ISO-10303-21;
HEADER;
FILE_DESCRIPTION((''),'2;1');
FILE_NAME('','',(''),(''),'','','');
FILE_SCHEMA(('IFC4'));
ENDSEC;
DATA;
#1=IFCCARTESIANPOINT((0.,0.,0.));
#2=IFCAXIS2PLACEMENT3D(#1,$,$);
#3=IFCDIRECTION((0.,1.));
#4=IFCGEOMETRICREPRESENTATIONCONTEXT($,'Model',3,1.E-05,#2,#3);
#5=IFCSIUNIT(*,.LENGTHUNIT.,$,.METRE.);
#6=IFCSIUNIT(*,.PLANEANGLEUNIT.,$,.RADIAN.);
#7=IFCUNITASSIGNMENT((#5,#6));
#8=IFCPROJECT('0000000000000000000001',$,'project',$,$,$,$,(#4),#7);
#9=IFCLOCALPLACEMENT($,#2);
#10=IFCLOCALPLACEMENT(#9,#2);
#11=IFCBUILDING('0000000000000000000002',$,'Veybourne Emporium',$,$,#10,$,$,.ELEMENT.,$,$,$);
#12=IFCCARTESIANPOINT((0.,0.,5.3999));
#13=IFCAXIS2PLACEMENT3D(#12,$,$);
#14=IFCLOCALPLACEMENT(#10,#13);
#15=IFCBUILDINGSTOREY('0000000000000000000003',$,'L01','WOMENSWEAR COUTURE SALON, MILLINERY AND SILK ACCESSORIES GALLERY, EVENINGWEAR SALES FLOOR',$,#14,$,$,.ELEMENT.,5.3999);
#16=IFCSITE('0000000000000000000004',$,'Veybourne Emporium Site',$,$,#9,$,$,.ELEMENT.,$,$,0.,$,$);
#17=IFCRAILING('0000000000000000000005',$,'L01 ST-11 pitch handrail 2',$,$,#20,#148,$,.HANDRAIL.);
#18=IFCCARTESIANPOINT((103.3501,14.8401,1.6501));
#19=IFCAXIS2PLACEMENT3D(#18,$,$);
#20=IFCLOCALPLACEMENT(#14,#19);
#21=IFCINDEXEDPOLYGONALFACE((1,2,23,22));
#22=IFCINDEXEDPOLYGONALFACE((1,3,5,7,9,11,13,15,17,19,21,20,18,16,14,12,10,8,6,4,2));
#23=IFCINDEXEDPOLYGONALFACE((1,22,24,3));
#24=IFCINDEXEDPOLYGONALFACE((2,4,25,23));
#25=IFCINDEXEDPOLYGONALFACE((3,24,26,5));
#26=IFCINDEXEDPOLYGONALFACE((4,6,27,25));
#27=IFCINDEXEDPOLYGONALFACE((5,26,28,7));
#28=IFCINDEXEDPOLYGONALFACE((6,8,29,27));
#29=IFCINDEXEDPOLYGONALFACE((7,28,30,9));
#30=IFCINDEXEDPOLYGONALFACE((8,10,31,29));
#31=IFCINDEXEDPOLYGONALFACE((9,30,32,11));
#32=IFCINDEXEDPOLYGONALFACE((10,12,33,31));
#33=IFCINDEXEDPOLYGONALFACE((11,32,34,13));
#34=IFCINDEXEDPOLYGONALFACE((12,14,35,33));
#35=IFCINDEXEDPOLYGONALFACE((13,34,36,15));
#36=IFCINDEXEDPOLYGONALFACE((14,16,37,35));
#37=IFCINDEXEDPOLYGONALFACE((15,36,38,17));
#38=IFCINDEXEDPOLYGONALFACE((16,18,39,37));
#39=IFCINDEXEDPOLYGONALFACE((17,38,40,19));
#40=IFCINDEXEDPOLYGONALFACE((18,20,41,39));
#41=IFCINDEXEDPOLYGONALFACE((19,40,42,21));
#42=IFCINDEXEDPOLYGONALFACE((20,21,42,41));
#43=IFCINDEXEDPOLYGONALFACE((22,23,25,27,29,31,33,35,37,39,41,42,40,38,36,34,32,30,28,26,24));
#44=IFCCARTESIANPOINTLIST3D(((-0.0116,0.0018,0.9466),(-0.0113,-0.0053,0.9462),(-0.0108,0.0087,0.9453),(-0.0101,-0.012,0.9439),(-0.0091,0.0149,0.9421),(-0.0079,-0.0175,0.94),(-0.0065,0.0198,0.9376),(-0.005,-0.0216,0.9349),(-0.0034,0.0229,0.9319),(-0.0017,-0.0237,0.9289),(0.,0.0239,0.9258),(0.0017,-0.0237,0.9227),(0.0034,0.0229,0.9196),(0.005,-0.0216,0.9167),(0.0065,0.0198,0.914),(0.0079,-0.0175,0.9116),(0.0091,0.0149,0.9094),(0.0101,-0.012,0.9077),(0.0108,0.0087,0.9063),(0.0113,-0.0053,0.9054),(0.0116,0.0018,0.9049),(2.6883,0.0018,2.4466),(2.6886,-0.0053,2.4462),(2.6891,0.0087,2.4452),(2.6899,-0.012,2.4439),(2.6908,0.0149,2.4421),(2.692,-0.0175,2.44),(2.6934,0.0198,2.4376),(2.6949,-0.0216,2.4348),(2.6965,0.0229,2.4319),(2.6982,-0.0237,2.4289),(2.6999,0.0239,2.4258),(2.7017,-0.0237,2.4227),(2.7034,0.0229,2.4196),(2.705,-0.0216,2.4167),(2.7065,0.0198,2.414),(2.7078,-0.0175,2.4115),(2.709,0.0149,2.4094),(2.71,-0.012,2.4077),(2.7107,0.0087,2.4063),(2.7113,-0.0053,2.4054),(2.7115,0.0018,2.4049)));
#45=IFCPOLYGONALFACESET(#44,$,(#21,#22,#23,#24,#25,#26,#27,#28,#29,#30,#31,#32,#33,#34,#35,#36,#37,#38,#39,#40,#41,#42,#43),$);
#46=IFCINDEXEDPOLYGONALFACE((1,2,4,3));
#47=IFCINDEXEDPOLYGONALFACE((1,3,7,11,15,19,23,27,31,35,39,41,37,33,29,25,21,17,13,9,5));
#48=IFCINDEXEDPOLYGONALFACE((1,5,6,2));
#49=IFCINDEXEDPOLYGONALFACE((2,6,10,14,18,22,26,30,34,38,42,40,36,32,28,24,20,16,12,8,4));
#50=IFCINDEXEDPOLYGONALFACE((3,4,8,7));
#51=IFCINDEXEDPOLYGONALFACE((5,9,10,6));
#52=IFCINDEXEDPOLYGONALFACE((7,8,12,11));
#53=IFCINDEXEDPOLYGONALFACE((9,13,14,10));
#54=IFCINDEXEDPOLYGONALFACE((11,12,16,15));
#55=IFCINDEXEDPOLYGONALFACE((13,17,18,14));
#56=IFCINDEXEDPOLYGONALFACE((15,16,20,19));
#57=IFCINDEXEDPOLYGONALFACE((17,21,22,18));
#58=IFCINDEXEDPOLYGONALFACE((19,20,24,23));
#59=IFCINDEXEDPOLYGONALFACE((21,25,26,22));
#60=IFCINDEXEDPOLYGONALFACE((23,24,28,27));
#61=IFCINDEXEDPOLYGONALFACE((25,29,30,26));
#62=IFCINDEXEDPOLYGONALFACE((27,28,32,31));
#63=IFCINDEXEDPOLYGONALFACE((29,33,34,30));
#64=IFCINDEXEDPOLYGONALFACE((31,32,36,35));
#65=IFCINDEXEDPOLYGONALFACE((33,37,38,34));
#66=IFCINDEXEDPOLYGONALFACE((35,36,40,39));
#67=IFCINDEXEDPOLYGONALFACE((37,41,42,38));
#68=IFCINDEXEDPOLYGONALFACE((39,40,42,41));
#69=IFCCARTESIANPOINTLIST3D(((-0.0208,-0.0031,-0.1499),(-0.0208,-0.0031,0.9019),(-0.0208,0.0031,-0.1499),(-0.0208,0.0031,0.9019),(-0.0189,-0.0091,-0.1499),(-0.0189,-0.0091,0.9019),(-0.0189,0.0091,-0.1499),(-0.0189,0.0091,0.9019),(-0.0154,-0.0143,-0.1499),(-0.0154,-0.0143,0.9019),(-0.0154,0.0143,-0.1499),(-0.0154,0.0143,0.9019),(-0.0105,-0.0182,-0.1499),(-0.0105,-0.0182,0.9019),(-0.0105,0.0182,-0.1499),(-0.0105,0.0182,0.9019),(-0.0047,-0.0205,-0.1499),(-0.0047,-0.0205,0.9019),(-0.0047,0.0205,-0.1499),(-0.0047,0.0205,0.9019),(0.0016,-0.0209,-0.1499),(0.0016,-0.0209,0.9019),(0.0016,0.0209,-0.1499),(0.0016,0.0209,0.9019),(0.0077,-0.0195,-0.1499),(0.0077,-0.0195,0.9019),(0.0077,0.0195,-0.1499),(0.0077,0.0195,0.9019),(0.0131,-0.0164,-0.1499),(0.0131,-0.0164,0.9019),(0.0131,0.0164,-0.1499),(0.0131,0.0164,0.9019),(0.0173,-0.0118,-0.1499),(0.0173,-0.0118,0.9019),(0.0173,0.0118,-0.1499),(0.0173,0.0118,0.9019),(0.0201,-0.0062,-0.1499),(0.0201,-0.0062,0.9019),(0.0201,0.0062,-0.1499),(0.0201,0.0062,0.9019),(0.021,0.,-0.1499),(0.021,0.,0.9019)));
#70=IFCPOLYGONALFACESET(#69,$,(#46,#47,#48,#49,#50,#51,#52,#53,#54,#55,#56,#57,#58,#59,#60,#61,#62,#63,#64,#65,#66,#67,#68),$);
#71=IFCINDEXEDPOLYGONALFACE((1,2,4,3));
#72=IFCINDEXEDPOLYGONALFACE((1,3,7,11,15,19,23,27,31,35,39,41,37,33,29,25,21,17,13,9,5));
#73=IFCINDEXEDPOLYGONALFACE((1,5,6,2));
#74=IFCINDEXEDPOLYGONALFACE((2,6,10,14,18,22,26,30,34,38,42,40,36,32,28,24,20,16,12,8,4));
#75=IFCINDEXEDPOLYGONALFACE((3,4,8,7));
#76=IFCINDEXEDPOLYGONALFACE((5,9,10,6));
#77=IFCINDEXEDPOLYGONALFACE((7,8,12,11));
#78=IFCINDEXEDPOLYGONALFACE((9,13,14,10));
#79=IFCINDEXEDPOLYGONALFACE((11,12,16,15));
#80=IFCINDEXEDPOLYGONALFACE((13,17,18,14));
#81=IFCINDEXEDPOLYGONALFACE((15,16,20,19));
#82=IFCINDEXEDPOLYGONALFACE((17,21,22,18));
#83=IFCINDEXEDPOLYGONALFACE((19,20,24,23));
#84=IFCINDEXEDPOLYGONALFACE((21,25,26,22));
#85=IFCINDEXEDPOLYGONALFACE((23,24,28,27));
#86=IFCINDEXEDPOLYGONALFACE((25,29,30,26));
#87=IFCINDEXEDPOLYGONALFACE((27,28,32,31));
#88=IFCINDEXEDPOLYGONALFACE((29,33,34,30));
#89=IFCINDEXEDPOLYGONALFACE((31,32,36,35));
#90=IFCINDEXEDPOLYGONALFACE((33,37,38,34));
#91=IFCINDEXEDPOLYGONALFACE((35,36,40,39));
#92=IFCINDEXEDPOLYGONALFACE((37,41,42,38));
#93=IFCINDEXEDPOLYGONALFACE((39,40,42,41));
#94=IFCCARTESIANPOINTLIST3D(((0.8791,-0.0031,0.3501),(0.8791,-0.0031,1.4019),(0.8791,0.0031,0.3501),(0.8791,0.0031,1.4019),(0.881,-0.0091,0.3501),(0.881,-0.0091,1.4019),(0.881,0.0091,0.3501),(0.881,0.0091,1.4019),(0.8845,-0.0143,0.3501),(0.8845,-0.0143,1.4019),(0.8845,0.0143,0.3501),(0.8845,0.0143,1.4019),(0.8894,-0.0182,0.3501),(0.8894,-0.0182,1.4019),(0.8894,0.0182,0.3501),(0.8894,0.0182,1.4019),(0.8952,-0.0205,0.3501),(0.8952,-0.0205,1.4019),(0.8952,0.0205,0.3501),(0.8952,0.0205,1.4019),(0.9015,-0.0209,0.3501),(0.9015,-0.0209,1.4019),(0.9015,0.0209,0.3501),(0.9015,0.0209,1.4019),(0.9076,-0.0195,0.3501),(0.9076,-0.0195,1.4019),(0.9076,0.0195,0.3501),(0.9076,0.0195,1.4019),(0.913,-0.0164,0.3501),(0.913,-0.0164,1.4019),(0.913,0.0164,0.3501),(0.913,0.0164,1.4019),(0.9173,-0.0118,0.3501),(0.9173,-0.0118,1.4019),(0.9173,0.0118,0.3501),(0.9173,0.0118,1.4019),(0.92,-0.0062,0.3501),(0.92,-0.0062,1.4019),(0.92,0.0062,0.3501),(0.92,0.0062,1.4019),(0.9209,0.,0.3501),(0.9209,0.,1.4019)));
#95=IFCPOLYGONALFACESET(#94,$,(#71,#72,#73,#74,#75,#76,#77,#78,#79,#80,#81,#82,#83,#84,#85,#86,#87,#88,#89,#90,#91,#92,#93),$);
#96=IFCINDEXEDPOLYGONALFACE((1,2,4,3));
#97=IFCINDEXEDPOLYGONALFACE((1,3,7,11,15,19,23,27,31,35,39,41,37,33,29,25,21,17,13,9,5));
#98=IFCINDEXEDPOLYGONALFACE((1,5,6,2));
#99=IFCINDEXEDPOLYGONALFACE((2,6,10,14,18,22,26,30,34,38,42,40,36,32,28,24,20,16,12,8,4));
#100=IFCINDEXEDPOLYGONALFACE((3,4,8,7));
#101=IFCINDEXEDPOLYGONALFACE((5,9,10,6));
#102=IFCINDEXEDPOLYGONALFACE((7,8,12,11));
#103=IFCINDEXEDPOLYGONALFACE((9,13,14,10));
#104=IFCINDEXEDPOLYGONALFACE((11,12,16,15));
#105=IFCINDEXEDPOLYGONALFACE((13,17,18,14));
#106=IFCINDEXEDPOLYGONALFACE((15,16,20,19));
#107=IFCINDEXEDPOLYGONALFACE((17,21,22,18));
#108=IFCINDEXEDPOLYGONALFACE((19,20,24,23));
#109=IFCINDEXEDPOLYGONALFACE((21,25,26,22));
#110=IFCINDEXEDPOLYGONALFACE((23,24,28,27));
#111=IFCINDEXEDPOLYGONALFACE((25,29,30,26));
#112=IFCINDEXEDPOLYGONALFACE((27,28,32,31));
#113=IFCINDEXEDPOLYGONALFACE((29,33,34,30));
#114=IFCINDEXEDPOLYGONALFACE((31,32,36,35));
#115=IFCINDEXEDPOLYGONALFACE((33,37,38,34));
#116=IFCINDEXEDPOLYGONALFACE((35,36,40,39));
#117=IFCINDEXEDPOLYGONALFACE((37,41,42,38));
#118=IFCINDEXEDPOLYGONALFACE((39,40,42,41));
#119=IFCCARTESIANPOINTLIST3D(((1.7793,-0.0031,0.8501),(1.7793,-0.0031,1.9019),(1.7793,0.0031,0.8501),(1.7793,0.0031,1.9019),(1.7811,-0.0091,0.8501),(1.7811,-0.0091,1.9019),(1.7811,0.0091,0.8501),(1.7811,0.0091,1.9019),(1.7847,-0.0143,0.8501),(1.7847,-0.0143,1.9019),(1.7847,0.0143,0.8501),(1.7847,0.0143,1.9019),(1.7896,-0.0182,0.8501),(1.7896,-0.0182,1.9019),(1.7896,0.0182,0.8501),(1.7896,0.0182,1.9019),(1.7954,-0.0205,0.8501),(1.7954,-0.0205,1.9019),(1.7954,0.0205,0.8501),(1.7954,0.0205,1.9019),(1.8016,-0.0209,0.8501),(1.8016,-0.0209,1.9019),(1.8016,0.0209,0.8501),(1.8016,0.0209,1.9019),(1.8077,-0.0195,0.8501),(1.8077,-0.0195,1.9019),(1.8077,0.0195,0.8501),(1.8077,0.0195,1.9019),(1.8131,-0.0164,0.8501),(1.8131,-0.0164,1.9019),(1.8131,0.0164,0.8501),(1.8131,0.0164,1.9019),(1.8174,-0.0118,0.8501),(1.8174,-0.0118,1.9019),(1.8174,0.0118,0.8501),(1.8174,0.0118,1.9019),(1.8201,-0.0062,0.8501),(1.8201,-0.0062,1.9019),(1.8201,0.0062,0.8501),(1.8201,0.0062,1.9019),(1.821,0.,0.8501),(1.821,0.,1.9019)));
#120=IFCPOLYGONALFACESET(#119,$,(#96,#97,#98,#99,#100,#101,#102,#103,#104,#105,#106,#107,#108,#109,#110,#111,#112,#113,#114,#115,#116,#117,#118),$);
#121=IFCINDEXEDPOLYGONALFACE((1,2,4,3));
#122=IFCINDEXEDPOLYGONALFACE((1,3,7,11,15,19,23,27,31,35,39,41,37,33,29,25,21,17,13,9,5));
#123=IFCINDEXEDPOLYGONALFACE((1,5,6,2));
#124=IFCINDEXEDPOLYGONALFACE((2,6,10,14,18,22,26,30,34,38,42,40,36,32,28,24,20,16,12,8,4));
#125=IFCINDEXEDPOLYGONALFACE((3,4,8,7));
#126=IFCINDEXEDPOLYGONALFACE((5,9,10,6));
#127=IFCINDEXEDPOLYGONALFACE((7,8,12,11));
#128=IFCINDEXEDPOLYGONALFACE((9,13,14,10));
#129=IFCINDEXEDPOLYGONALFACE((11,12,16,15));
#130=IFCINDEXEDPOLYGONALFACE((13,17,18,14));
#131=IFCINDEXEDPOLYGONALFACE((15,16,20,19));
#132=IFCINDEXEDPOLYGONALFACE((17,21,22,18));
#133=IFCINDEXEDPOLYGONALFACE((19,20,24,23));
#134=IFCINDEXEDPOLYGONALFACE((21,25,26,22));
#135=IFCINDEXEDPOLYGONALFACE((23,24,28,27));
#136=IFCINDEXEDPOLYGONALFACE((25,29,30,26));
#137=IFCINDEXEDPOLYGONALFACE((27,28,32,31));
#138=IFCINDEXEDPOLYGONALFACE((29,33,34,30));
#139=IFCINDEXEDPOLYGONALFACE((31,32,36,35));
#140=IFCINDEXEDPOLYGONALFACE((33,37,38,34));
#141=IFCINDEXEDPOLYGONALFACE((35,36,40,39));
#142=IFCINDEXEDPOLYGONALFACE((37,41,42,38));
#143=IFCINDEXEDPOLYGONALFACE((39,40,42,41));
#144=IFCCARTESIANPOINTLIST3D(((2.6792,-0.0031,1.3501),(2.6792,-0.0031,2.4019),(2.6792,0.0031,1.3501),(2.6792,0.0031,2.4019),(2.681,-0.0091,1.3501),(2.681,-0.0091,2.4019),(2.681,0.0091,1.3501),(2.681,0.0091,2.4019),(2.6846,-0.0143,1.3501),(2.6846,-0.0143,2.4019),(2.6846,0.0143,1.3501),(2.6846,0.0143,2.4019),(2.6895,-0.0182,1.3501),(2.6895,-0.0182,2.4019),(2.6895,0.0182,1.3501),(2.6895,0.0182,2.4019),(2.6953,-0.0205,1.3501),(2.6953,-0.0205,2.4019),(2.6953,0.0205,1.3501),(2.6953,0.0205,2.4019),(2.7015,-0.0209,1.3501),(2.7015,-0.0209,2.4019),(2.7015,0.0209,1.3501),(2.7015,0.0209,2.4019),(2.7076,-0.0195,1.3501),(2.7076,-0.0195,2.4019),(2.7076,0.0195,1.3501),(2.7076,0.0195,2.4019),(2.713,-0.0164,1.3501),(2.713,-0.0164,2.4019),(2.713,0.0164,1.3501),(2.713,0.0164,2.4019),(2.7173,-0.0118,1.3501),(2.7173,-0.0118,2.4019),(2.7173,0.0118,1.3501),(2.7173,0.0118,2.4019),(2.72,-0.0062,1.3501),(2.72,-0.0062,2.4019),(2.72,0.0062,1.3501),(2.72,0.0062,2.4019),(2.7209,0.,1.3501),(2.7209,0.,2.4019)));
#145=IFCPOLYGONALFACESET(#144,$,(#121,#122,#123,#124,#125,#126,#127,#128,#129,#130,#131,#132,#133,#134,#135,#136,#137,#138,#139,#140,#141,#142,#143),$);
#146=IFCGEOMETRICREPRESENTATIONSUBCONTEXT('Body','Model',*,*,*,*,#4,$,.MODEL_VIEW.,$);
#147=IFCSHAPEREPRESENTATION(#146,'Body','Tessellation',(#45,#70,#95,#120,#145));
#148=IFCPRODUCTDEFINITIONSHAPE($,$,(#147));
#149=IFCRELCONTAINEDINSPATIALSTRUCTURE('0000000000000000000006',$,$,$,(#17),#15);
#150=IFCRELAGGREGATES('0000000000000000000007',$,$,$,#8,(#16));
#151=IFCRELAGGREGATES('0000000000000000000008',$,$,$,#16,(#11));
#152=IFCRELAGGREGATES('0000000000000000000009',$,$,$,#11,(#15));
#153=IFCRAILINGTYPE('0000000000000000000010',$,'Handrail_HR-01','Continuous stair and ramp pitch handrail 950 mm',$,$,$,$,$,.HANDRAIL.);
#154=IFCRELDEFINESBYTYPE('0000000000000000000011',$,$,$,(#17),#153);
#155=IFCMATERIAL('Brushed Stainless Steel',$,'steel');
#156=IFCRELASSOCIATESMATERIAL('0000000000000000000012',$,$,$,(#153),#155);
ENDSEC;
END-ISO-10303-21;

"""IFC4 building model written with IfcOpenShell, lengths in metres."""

from ifc_helpers import new_model, si_unit, direction, frame, origin, origin_2d, place, context, subcontext, project, spatial, circle, extrude, material, type_object, element, save


model = new_model("IFC4")

# Units and contexts
model_context = context("Model", 3, precision=1e-05, world=origin(), true_north=direction((0.0, 1.0)))
body_context = subcontext(model_context, "Body", "Model", "MODEL_VIEW")
ifc_project = project(units=[si_unit("LENGTHUNIT", "METRE"), si_unit("PLANEANGLEUNIT", "RADIAN")], contexts=[model_context])

# Site, building, storey
site_placement = place(None, origin())
site = spatial("IfcSite", under=ifc_project, at=site_placement, Name="Veybourne Emporium Site", CompositionType="ELEMENT", RefElevation=0.0)
building_placement = place(site_placement, origin())
building = spatial("IfcBuilding", under=site, at=building_placement, Name="Veybourne Emporium", CompositionType="ELEMENT")
storey_placement = place(building_placement, frame((0.0, 0.0, 5.3999)))
storey = spatial("IfcBuildingStorey", under=building, at=storey_placement, Name="L01", Description="WOMENSWEAR COUTURE SALON, MILLINERY AND SILK ACCESSORIES GALLERY, EVENINGWEAR SALES FLOOR", CompositionType="ELEMENT", Elevation=5.3999)

# Railing
ifc_material_1 = material(Name="Brushed Stainless Steel", Category="steel")
railing_type_1 = type_object("IfcRailingType", Name="Handrail_HR-01", Description="Continuous stair and ramp pitch handrail 950 mm", PredefinedType="HANDRAIL", material=ifc_material_1)
railing_1_placement = place(storey_placement, frame((103.3501, 14.8401, 1.6501)))
element("IfcRailing", 1, at=railing_1_placement, inside=storey, type_object=railing_type_1, Name="L01 ST-11 pitch handrail 2", PredefinedType="HANDRAIL", context=body_context, shape_type="SweptSolid", body=[
    extrude(circle(Radius=0.0239, at=origin_2d()), frame((0.0, 0.0, 0.9258), z_axis=(0.874154, 0.0, 0.48565), x_axis=(0.0, 1.0, 0.0)), (0.0, 0.0, 1.0), 3.0886),
    extrude(circle(Radius=0.021, at=origin_2d()), frame((0.0, 0.0, -0.1499)), (0.0, 0.0, 1.0), 1.0518),
    extrude(circle(Radius=0.021, at=origin_2d()), frame((0.8999, 0.0, 0.3501)), (0.0, 0.0, 1.0), 1.0518),
    extrude(circle(Radius=0.021, at=origin_2d()), frame((1.8, 0.0, 0.8501)), (0.0, 0.0, 1.0), 1.0518),
    extrude(circle(Radius=0.021, at=origin_2d()), frame((2.7, 0.0, 1.3501)), (0.0, 0.0, 1.0), 1.0518),
])

save(model, "model.ifc")
